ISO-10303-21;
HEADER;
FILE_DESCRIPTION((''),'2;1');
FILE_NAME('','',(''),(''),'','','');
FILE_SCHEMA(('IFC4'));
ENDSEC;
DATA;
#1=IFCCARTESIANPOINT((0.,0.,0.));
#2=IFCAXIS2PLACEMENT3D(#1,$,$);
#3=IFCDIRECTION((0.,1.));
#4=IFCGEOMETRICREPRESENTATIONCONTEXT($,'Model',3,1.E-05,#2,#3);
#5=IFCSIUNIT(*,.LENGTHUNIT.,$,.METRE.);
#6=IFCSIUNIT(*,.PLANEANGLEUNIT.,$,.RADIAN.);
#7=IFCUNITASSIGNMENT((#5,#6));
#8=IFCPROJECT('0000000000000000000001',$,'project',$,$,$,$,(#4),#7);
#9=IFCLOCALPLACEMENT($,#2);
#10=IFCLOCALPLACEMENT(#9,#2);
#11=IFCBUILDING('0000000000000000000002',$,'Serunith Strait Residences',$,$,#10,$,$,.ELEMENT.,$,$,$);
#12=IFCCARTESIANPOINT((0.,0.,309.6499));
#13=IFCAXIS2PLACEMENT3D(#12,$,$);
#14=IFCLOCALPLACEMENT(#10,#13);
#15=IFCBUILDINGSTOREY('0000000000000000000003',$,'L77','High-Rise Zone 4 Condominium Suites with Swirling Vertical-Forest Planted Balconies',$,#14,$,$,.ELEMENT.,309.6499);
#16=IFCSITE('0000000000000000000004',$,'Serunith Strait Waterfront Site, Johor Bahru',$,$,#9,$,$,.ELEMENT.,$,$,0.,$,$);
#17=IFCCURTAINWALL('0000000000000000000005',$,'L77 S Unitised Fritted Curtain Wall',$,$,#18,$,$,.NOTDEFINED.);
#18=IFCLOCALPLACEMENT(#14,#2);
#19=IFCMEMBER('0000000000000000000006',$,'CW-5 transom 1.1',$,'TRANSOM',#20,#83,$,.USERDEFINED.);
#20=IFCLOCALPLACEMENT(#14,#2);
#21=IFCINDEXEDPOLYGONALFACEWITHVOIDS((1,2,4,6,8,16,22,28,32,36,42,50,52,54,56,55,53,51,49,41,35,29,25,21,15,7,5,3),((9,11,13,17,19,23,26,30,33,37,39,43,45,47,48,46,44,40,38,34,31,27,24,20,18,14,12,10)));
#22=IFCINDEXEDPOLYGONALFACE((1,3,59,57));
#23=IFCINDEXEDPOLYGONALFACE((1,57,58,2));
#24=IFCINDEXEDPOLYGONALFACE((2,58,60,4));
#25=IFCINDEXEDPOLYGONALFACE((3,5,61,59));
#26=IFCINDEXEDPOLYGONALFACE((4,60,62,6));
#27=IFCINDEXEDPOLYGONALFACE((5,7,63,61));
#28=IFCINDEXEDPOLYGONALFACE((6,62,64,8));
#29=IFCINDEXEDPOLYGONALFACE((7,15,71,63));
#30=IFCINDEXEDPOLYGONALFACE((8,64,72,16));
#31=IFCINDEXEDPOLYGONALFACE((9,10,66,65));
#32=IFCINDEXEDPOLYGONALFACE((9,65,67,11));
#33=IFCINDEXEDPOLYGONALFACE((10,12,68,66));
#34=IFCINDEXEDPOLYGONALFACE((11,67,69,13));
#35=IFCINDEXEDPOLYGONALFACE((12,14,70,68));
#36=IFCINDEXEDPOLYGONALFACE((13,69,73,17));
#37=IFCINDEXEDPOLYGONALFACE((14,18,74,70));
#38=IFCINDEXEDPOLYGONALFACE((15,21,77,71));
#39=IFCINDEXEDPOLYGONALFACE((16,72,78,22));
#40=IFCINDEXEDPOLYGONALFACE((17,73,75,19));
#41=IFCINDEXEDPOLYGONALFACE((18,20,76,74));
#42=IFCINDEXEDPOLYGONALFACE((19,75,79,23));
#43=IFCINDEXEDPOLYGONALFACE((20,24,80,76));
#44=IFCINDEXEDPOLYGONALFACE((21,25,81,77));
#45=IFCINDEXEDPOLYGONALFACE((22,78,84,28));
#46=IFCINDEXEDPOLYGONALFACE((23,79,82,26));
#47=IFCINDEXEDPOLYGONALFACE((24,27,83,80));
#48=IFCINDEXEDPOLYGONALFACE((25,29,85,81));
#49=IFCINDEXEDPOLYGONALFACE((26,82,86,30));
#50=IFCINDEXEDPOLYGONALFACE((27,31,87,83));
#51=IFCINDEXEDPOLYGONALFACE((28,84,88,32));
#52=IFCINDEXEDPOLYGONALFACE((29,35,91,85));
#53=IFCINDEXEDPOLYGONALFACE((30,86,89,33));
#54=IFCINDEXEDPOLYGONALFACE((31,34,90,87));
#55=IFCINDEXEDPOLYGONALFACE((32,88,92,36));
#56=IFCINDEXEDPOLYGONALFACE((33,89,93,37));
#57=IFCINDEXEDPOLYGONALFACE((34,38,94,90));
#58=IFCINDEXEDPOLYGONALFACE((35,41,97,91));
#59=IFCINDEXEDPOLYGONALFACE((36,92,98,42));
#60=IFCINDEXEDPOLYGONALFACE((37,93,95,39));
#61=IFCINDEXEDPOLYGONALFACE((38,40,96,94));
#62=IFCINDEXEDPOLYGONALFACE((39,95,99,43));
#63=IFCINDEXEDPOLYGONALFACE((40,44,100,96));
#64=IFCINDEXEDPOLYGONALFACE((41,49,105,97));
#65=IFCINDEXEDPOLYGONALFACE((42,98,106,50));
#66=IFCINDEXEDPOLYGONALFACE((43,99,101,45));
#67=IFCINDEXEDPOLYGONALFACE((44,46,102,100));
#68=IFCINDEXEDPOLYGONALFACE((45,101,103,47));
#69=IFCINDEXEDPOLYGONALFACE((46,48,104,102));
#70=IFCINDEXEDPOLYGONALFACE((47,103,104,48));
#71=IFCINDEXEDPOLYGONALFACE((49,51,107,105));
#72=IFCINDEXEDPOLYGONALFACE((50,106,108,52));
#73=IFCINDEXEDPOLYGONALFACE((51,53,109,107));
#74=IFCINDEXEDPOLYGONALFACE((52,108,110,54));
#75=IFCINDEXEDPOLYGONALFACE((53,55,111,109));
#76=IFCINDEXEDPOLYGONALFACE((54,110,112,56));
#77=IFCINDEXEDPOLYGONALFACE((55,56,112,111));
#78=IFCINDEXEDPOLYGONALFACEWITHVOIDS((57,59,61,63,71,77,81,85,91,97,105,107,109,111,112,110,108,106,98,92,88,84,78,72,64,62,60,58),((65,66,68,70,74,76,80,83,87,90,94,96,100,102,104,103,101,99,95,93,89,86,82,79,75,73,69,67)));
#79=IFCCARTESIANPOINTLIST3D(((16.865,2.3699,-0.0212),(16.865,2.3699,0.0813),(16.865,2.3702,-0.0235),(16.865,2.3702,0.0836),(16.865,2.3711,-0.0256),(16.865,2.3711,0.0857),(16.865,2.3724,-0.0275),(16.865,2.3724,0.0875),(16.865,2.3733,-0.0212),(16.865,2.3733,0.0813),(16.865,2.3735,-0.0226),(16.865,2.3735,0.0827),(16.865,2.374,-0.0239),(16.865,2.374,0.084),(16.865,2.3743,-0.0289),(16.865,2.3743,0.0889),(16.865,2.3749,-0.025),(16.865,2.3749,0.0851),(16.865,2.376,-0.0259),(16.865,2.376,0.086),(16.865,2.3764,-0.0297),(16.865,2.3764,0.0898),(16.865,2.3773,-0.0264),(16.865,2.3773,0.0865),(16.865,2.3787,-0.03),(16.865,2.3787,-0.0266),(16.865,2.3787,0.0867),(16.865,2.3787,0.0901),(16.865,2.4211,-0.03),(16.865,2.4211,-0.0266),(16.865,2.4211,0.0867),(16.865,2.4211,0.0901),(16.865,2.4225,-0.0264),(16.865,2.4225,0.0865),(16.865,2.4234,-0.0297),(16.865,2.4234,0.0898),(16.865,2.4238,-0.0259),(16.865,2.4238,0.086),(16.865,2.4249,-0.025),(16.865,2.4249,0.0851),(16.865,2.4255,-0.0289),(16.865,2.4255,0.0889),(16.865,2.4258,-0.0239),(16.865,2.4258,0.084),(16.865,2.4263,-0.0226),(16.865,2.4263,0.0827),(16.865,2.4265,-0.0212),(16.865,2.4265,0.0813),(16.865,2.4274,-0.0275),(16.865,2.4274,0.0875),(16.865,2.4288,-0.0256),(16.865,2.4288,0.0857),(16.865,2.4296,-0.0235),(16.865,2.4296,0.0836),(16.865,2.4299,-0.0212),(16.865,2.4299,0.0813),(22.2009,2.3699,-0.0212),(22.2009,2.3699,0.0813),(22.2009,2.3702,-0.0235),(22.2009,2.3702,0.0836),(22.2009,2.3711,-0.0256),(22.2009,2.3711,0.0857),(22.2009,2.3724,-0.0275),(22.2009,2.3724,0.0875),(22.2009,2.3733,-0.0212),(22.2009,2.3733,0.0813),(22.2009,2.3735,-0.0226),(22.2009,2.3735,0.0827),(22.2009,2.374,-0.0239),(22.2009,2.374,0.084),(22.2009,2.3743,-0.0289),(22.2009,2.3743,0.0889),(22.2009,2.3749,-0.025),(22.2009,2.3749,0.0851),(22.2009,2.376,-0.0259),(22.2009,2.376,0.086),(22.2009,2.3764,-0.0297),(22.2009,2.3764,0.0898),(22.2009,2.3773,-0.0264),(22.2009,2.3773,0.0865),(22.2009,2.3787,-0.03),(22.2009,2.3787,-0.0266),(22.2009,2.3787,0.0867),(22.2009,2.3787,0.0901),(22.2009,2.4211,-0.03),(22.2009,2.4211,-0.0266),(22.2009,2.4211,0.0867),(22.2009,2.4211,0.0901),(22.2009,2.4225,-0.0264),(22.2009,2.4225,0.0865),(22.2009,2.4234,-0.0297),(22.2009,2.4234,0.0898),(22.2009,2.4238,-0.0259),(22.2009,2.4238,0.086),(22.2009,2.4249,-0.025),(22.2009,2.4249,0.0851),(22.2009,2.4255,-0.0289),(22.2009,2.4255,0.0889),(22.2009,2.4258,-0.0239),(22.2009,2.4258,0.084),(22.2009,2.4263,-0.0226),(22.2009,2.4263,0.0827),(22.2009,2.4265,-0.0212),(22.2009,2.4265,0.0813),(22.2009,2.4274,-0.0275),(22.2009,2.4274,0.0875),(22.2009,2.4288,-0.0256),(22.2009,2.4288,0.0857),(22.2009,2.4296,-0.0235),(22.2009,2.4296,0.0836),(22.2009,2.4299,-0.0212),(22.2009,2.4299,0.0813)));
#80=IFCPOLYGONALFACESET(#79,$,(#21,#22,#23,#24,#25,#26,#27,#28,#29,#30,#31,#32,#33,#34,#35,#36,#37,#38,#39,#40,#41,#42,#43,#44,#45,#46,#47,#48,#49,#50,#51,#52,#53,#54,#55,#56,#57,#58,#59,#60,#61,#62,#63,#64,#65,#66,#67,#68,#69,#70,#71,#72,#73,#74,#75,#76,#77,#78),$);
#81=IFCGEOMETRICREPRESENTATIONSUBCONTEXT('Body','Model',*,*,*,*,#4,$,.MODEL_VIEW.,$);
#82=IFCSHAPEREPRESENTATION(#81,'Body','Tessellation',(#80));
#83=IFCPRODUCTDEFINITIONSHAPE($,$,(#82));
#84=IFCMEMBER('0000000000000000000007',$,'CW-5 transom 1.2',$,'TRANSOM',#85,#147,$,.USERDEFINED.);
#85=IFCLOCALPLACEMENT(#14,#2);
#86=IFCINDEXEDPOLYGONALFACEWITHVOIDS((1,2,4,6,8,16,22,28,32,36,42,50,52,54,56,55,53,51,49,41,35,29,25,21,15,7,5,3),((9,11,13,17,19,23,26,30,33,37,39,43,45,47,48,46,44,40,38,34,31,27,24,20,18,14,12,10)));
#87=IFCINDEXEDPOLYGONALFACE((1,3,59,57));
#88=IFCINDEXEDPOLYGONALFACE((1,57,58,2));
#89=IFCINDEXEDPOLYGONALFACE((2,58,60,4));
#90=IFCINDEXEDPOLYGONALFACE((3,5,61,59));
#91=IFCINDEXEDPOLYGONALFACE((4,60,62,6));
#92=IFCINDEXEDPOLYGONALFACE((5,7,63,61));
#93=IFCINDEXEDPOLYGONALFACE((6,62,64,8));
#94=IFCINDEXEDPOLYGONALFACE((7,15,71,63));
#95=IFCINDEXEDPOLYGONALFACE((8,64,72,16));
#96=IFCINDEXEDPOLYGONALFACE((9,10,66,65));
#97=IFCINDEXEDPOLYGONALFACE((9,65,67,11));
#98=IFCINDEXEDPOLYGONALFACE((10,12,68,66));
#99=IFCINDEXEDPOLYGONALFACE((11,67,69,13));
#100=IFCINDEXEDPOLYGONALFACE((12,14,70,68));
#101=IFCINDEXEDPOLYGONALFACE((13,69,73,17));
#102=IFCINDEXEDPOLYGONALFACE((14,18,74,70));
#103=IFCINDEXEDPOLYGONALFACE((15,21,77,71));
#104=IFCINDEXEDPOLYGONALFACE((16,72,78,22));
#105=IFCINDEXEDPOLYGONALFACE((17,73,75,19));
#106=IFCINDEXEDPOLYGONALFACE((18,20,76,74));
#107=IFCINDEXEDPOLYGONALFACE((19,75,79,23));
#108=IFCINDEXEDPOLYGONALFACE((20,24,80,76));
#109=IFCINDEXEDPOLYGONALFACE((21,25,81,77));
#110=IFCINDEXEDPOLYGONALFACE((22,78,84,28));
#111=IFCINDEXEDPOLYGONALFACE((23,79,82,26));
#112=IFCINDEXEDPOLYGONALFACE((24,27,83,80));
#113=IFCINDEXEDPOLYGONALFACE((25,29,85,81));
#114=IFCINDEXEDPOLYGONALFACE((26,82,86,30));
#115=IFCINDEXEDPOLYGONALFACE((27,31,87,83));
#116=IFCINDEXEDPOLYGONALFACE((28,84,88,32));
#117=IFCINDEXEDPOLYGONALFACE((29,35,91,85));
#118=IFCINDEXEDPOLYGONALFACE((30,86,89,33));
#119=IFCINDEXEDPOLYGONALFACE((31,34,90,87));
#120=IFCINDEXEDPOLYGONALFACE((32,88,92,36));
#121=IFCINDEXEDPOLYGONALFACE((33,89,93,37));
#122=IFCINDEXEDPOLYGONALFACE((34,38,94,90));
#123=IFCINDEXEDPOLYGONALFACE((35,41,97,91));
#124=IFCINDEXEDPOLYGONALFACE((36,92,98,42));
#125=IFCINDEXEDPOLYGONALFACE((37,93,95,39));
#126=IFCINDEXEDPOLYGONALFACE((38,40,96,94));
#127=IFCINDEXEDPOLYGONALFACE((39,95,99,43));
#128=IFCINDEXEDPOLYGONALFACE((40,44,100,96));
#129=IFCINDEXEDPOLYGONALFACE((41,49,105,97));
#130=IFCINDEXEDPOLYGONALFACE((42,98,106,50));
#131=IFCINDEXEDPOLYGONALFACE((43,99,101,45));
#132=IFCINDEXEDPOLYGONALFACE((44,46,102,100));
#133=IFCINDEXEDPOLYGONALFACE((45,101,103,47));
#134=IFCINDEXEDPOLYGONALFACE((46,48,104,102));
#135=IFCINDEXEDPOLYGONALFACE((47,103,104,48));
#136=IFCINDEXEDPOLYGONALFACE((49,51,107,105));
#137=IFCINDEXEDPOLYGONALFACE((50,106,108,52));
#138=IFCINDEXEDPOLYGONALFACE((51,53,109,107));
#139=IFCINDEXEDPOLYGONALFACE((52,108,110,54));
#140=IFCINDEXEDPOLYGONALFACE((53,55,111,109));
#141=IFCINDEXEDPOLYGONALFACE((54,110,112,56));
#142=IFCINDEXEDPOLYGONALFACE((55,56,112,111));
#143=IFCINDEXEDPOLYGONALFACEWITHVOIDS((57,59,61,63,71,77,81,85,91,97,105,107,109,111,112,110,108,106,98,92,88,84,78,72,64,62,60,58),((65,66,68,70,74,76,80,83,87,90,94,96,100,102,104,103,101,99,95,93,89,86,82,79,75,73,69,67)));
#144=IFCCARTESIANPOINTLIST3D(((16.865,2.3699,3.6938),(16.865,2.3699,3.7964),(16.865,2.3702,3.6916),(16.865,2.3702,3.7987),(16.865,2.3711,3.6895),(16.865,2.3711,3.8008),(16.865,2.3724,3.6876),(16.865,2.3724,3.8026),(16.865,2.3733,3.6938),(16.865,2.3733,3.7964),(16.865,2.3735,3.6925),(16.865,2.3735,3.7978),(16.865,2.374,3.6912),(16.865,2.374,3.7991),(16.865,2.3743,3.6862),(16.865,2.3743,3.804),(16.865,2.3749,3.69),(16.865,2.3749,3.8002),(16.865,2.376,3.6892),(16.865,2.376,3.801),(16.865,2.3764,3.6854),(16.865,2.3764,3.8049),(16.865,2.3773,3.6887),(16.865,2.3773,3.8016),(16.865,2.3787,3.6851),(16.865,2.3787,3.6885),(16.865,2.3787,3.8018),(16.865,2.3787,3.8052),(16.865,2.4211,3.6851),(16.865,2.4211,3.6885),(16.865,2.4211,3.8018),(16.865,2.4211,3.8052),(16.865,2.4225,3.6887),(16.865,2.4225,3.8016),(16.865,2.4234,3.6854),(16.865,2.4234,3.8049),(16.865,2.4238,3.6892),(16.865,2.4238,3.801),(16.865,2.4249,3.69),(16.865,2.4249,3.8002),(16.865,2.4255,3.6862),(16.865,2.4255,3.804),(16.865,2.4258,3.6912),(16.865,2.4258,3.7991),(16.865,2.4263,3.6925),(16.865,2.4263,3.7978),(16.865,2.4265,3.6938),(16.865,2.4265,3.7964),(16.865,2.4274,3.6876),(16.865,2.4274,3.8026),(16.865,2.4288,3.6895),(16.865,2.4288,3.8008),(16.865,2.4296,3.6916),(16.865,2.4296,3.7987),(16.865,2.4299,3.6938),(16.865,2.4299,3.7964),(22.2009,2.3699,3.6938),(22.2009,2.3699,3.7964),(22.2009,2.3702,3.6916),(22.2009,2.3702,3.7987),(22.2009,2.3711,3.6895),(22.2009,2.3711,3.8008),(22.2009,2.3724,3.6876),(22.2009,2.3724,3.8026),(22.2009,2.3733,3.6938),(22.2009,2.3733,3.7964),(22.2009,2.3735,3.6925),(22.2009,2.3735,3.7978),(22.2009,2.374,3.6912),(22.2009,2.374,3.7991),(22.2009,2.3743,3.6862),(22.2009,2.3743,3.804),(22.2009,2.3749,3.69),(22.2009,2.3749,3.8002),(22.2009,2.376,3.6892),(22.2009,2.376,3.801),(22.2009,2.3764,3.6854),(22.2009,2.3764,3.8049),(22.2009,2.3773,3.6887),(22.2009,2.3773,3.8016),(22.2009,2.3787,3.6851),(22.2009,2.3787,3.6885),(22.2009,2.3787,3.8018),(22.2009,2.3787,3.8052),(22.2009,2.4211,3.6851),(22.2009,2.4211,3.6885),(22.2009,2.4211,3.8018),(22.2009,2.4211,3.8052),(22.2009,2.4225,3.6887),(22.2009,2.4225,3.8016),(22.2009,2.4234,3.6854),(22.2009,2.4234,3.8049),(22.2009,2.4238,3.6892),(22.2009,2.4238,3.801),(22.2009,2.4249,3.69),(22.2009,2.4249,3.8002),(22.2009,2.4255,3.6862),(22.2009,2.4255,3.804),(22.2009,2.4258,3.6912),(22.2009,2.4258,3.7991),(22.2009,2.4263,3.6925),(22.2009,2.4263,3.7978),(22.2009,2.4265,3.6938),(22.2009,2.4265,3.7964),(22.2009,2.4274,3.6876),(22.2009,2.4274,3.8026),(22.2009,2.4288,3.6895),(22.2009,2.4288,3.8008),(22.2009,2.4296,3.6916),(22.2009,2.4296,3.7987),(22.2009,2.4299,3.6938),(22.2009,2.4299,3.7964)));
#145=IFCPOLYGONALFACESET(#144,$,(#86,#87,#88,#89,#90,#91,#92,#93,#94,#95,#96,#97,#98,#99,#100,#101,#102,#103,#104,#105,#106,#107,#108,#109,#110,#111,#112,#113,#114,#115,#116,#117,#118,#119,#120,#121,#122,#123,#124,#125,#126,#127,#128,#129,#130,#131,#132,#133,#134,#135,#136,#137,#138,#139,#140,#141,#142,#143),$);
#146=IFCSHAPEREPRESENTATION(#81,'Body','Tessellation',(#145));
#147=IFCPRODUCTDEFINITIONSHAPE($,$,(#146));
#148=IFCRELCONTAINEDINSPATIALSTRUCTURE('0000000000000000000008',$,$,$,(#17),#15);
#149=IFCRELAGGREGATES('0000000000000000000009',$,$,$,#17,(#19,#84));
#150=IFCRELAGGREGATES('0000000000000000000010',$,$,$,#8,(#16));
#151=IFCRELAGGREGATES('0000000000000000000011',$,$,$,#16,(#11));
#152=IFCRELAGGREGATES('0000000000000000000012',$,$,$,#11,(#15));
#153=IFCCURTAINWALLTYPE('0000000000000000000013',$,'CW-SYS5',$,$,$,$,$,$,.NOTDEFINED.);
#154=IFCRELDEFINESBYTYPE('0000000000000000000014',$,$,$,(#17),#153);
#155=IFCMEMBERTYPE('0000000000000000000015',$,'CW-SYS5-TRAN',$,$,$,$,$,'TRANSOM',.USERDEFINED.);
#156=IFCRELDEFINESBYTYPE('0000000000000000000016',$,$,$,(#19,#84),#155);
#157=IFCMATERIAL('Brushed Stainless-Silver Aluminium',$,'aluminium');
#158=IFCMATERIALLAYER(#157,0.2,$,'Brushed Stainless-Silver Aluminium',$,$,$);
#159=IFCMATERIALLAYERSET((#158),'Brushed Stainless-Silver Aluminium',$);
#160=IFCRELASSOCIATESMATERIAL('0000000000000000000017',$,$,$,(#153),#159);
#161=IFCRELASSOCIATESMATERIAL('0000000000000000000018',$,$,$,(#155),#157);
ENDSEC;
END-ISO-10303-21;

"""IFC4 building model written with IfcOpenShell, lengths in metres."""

from ifc_helpers import new_model, si_unit, direction, frame, origin, origin_2d, place, context, subcontext, project, spatial, hollow_rectangle, extrude, source, transform, mapped, material, layer, layer_set, material_profile, profile_set, type_object, element, aggregate, save


model = new_model("IFC4")

# Units and contexts
model_context = context("Model", 3, precision=1e-05, world=origin(), true_north=direction((0.0, 1.0)))
body_context = subcontext(model_context, "Body", "Model", "MODEL_VIEW")
ifc_project = project(units=[si_unit("LENGTHUNIT", "METRE"), si_unit("PLANEANGLEUNIT", "RADIAN")], contexts=[model_context])

# Site, building, storey
site_placement = place(None, origin())
site = spatial("IfcSite", under=ifc_project, at=site_placement, Name="Serunith Strait Waterfront Site, Johor Bahru", CompositionType="ELEMENT", RefElevation=0.0)
building_placement = place(site_placement, origin())
building = spatial("IfcBuilding", under=site, at=building_placement, Name="Serunith Strait Residences", CompositionType="ELEMENT")
storey_placement = place(building_placement, frame((0.0, 0.0, 309.6499)))
storey = spatial("IfcBuildingStorey", under=building, at=storey_placement, Name="L77", Description="High-Rise Zone 4 Condominium Suites with Swirling Vertical-Forest Planted Balconies", CompositionType="ELEMENT", Elevation=309.6499)

# Curtain wall
ifc_material_1 = material(Name="Brushed Stainless-Silver Aluminium", Category="aluminium")
ifc_layer_1 = layer(ifc_material_1, 0.2, Name="Brushed Stainless-Silver Aluminium")
ifc_layer_set_1 = layer_set([ifc_layer_1], Name="Brushed Stainless-Silver Aluminium")
curtain_wall_type = type_object("IfcCurtainWallType", Name="CW-SYS5", PredefinedType="NOTDEFINED", material=ifc_layer_set_1)
curtain_wall_1_placement = place(storey_placement, origin())
curtain_wall_1 = element("IfcCurtainWall", 1, at=curtain_wall_1_placement, inside=storey, type_object=curtain_wall_type, Name="L77 S Unitised Fritted Curtain Wall", PredefinedType="NOTDEFINED")

# Members
ifc_material_profile_1 = material_profile(ifc_material_1, hollow_rectangle(XDim=0.0601, YDim=0.1201, WallThickness=0.0034, InnerFilletRadius=0.0054, OuterFilletRadius=0.0088, at=origin_2d()), Name="ALU 120x60x3.5")
ifc_profile_set_1 = profile_set([ifc_material_profile_1], Name="Brushed Stainless-Silver Aluminium")
member_type_1 = type_object("IfcMemberType", Name="CW-SYS5-TRAN", ElementType="TRANSOM", PredefinedType="USERDEFINED", material=ifc_profile_set_1)
shared_shape_1 = source(origin(), body_context, "Body", "SweptSolid", [
    extrude(hollow_rectangle(XDim=0.0601, YDim=0.1201, WallThickness=0.0034, InnerFilletRadius=0.0054, OuterFilletRadius=0.0088, at=origin_2d()), origin(), (0.0, 0.0, 1.0), 5.3359),
])
member_1_placement = place(storey_placement, frame((16.865, 2.3999, 0.03), z_axis=(1.0, 0.0, 0.0), x_axis=(0.0, 1.0, 0.0)))
member_1 = element("IfcMember", 2, at=member_1_placement, type_object=member_type_1, Name="CW-5 transom 1.1", ObjectType="TRANSOM", PredefinedType="USERDEFINED", context=body_context, shape_type="MappedRepresentation", body=[
    mapped(shared_shape_1, transform((0.0, 0.0, 0.0), scale=1.0)),
])
member_2_placement = place(storey_placement, frame((16.865, 2.3999, 3.7451), z_axis=(1.0, 0.0, 0.0), x_axis=(0.0, 1.0, 0.0)))
member_2 = element("IfcMember", 3, at=member_2_placement, type_object=member_type_1, Name="CW-5 transom 1.2", ObjectType="TRANSOM", PredefinedType="USERDEFINED", context=body_context, shape_type="MappedRepresentation", body=[
    mapped(shared_shape_1, transform((0.0, 0.0, 0.0), scale=1.0)),
])
aggregate(curtain_wall_1, [member_1, member_2])

save(model, "model.ifc")
